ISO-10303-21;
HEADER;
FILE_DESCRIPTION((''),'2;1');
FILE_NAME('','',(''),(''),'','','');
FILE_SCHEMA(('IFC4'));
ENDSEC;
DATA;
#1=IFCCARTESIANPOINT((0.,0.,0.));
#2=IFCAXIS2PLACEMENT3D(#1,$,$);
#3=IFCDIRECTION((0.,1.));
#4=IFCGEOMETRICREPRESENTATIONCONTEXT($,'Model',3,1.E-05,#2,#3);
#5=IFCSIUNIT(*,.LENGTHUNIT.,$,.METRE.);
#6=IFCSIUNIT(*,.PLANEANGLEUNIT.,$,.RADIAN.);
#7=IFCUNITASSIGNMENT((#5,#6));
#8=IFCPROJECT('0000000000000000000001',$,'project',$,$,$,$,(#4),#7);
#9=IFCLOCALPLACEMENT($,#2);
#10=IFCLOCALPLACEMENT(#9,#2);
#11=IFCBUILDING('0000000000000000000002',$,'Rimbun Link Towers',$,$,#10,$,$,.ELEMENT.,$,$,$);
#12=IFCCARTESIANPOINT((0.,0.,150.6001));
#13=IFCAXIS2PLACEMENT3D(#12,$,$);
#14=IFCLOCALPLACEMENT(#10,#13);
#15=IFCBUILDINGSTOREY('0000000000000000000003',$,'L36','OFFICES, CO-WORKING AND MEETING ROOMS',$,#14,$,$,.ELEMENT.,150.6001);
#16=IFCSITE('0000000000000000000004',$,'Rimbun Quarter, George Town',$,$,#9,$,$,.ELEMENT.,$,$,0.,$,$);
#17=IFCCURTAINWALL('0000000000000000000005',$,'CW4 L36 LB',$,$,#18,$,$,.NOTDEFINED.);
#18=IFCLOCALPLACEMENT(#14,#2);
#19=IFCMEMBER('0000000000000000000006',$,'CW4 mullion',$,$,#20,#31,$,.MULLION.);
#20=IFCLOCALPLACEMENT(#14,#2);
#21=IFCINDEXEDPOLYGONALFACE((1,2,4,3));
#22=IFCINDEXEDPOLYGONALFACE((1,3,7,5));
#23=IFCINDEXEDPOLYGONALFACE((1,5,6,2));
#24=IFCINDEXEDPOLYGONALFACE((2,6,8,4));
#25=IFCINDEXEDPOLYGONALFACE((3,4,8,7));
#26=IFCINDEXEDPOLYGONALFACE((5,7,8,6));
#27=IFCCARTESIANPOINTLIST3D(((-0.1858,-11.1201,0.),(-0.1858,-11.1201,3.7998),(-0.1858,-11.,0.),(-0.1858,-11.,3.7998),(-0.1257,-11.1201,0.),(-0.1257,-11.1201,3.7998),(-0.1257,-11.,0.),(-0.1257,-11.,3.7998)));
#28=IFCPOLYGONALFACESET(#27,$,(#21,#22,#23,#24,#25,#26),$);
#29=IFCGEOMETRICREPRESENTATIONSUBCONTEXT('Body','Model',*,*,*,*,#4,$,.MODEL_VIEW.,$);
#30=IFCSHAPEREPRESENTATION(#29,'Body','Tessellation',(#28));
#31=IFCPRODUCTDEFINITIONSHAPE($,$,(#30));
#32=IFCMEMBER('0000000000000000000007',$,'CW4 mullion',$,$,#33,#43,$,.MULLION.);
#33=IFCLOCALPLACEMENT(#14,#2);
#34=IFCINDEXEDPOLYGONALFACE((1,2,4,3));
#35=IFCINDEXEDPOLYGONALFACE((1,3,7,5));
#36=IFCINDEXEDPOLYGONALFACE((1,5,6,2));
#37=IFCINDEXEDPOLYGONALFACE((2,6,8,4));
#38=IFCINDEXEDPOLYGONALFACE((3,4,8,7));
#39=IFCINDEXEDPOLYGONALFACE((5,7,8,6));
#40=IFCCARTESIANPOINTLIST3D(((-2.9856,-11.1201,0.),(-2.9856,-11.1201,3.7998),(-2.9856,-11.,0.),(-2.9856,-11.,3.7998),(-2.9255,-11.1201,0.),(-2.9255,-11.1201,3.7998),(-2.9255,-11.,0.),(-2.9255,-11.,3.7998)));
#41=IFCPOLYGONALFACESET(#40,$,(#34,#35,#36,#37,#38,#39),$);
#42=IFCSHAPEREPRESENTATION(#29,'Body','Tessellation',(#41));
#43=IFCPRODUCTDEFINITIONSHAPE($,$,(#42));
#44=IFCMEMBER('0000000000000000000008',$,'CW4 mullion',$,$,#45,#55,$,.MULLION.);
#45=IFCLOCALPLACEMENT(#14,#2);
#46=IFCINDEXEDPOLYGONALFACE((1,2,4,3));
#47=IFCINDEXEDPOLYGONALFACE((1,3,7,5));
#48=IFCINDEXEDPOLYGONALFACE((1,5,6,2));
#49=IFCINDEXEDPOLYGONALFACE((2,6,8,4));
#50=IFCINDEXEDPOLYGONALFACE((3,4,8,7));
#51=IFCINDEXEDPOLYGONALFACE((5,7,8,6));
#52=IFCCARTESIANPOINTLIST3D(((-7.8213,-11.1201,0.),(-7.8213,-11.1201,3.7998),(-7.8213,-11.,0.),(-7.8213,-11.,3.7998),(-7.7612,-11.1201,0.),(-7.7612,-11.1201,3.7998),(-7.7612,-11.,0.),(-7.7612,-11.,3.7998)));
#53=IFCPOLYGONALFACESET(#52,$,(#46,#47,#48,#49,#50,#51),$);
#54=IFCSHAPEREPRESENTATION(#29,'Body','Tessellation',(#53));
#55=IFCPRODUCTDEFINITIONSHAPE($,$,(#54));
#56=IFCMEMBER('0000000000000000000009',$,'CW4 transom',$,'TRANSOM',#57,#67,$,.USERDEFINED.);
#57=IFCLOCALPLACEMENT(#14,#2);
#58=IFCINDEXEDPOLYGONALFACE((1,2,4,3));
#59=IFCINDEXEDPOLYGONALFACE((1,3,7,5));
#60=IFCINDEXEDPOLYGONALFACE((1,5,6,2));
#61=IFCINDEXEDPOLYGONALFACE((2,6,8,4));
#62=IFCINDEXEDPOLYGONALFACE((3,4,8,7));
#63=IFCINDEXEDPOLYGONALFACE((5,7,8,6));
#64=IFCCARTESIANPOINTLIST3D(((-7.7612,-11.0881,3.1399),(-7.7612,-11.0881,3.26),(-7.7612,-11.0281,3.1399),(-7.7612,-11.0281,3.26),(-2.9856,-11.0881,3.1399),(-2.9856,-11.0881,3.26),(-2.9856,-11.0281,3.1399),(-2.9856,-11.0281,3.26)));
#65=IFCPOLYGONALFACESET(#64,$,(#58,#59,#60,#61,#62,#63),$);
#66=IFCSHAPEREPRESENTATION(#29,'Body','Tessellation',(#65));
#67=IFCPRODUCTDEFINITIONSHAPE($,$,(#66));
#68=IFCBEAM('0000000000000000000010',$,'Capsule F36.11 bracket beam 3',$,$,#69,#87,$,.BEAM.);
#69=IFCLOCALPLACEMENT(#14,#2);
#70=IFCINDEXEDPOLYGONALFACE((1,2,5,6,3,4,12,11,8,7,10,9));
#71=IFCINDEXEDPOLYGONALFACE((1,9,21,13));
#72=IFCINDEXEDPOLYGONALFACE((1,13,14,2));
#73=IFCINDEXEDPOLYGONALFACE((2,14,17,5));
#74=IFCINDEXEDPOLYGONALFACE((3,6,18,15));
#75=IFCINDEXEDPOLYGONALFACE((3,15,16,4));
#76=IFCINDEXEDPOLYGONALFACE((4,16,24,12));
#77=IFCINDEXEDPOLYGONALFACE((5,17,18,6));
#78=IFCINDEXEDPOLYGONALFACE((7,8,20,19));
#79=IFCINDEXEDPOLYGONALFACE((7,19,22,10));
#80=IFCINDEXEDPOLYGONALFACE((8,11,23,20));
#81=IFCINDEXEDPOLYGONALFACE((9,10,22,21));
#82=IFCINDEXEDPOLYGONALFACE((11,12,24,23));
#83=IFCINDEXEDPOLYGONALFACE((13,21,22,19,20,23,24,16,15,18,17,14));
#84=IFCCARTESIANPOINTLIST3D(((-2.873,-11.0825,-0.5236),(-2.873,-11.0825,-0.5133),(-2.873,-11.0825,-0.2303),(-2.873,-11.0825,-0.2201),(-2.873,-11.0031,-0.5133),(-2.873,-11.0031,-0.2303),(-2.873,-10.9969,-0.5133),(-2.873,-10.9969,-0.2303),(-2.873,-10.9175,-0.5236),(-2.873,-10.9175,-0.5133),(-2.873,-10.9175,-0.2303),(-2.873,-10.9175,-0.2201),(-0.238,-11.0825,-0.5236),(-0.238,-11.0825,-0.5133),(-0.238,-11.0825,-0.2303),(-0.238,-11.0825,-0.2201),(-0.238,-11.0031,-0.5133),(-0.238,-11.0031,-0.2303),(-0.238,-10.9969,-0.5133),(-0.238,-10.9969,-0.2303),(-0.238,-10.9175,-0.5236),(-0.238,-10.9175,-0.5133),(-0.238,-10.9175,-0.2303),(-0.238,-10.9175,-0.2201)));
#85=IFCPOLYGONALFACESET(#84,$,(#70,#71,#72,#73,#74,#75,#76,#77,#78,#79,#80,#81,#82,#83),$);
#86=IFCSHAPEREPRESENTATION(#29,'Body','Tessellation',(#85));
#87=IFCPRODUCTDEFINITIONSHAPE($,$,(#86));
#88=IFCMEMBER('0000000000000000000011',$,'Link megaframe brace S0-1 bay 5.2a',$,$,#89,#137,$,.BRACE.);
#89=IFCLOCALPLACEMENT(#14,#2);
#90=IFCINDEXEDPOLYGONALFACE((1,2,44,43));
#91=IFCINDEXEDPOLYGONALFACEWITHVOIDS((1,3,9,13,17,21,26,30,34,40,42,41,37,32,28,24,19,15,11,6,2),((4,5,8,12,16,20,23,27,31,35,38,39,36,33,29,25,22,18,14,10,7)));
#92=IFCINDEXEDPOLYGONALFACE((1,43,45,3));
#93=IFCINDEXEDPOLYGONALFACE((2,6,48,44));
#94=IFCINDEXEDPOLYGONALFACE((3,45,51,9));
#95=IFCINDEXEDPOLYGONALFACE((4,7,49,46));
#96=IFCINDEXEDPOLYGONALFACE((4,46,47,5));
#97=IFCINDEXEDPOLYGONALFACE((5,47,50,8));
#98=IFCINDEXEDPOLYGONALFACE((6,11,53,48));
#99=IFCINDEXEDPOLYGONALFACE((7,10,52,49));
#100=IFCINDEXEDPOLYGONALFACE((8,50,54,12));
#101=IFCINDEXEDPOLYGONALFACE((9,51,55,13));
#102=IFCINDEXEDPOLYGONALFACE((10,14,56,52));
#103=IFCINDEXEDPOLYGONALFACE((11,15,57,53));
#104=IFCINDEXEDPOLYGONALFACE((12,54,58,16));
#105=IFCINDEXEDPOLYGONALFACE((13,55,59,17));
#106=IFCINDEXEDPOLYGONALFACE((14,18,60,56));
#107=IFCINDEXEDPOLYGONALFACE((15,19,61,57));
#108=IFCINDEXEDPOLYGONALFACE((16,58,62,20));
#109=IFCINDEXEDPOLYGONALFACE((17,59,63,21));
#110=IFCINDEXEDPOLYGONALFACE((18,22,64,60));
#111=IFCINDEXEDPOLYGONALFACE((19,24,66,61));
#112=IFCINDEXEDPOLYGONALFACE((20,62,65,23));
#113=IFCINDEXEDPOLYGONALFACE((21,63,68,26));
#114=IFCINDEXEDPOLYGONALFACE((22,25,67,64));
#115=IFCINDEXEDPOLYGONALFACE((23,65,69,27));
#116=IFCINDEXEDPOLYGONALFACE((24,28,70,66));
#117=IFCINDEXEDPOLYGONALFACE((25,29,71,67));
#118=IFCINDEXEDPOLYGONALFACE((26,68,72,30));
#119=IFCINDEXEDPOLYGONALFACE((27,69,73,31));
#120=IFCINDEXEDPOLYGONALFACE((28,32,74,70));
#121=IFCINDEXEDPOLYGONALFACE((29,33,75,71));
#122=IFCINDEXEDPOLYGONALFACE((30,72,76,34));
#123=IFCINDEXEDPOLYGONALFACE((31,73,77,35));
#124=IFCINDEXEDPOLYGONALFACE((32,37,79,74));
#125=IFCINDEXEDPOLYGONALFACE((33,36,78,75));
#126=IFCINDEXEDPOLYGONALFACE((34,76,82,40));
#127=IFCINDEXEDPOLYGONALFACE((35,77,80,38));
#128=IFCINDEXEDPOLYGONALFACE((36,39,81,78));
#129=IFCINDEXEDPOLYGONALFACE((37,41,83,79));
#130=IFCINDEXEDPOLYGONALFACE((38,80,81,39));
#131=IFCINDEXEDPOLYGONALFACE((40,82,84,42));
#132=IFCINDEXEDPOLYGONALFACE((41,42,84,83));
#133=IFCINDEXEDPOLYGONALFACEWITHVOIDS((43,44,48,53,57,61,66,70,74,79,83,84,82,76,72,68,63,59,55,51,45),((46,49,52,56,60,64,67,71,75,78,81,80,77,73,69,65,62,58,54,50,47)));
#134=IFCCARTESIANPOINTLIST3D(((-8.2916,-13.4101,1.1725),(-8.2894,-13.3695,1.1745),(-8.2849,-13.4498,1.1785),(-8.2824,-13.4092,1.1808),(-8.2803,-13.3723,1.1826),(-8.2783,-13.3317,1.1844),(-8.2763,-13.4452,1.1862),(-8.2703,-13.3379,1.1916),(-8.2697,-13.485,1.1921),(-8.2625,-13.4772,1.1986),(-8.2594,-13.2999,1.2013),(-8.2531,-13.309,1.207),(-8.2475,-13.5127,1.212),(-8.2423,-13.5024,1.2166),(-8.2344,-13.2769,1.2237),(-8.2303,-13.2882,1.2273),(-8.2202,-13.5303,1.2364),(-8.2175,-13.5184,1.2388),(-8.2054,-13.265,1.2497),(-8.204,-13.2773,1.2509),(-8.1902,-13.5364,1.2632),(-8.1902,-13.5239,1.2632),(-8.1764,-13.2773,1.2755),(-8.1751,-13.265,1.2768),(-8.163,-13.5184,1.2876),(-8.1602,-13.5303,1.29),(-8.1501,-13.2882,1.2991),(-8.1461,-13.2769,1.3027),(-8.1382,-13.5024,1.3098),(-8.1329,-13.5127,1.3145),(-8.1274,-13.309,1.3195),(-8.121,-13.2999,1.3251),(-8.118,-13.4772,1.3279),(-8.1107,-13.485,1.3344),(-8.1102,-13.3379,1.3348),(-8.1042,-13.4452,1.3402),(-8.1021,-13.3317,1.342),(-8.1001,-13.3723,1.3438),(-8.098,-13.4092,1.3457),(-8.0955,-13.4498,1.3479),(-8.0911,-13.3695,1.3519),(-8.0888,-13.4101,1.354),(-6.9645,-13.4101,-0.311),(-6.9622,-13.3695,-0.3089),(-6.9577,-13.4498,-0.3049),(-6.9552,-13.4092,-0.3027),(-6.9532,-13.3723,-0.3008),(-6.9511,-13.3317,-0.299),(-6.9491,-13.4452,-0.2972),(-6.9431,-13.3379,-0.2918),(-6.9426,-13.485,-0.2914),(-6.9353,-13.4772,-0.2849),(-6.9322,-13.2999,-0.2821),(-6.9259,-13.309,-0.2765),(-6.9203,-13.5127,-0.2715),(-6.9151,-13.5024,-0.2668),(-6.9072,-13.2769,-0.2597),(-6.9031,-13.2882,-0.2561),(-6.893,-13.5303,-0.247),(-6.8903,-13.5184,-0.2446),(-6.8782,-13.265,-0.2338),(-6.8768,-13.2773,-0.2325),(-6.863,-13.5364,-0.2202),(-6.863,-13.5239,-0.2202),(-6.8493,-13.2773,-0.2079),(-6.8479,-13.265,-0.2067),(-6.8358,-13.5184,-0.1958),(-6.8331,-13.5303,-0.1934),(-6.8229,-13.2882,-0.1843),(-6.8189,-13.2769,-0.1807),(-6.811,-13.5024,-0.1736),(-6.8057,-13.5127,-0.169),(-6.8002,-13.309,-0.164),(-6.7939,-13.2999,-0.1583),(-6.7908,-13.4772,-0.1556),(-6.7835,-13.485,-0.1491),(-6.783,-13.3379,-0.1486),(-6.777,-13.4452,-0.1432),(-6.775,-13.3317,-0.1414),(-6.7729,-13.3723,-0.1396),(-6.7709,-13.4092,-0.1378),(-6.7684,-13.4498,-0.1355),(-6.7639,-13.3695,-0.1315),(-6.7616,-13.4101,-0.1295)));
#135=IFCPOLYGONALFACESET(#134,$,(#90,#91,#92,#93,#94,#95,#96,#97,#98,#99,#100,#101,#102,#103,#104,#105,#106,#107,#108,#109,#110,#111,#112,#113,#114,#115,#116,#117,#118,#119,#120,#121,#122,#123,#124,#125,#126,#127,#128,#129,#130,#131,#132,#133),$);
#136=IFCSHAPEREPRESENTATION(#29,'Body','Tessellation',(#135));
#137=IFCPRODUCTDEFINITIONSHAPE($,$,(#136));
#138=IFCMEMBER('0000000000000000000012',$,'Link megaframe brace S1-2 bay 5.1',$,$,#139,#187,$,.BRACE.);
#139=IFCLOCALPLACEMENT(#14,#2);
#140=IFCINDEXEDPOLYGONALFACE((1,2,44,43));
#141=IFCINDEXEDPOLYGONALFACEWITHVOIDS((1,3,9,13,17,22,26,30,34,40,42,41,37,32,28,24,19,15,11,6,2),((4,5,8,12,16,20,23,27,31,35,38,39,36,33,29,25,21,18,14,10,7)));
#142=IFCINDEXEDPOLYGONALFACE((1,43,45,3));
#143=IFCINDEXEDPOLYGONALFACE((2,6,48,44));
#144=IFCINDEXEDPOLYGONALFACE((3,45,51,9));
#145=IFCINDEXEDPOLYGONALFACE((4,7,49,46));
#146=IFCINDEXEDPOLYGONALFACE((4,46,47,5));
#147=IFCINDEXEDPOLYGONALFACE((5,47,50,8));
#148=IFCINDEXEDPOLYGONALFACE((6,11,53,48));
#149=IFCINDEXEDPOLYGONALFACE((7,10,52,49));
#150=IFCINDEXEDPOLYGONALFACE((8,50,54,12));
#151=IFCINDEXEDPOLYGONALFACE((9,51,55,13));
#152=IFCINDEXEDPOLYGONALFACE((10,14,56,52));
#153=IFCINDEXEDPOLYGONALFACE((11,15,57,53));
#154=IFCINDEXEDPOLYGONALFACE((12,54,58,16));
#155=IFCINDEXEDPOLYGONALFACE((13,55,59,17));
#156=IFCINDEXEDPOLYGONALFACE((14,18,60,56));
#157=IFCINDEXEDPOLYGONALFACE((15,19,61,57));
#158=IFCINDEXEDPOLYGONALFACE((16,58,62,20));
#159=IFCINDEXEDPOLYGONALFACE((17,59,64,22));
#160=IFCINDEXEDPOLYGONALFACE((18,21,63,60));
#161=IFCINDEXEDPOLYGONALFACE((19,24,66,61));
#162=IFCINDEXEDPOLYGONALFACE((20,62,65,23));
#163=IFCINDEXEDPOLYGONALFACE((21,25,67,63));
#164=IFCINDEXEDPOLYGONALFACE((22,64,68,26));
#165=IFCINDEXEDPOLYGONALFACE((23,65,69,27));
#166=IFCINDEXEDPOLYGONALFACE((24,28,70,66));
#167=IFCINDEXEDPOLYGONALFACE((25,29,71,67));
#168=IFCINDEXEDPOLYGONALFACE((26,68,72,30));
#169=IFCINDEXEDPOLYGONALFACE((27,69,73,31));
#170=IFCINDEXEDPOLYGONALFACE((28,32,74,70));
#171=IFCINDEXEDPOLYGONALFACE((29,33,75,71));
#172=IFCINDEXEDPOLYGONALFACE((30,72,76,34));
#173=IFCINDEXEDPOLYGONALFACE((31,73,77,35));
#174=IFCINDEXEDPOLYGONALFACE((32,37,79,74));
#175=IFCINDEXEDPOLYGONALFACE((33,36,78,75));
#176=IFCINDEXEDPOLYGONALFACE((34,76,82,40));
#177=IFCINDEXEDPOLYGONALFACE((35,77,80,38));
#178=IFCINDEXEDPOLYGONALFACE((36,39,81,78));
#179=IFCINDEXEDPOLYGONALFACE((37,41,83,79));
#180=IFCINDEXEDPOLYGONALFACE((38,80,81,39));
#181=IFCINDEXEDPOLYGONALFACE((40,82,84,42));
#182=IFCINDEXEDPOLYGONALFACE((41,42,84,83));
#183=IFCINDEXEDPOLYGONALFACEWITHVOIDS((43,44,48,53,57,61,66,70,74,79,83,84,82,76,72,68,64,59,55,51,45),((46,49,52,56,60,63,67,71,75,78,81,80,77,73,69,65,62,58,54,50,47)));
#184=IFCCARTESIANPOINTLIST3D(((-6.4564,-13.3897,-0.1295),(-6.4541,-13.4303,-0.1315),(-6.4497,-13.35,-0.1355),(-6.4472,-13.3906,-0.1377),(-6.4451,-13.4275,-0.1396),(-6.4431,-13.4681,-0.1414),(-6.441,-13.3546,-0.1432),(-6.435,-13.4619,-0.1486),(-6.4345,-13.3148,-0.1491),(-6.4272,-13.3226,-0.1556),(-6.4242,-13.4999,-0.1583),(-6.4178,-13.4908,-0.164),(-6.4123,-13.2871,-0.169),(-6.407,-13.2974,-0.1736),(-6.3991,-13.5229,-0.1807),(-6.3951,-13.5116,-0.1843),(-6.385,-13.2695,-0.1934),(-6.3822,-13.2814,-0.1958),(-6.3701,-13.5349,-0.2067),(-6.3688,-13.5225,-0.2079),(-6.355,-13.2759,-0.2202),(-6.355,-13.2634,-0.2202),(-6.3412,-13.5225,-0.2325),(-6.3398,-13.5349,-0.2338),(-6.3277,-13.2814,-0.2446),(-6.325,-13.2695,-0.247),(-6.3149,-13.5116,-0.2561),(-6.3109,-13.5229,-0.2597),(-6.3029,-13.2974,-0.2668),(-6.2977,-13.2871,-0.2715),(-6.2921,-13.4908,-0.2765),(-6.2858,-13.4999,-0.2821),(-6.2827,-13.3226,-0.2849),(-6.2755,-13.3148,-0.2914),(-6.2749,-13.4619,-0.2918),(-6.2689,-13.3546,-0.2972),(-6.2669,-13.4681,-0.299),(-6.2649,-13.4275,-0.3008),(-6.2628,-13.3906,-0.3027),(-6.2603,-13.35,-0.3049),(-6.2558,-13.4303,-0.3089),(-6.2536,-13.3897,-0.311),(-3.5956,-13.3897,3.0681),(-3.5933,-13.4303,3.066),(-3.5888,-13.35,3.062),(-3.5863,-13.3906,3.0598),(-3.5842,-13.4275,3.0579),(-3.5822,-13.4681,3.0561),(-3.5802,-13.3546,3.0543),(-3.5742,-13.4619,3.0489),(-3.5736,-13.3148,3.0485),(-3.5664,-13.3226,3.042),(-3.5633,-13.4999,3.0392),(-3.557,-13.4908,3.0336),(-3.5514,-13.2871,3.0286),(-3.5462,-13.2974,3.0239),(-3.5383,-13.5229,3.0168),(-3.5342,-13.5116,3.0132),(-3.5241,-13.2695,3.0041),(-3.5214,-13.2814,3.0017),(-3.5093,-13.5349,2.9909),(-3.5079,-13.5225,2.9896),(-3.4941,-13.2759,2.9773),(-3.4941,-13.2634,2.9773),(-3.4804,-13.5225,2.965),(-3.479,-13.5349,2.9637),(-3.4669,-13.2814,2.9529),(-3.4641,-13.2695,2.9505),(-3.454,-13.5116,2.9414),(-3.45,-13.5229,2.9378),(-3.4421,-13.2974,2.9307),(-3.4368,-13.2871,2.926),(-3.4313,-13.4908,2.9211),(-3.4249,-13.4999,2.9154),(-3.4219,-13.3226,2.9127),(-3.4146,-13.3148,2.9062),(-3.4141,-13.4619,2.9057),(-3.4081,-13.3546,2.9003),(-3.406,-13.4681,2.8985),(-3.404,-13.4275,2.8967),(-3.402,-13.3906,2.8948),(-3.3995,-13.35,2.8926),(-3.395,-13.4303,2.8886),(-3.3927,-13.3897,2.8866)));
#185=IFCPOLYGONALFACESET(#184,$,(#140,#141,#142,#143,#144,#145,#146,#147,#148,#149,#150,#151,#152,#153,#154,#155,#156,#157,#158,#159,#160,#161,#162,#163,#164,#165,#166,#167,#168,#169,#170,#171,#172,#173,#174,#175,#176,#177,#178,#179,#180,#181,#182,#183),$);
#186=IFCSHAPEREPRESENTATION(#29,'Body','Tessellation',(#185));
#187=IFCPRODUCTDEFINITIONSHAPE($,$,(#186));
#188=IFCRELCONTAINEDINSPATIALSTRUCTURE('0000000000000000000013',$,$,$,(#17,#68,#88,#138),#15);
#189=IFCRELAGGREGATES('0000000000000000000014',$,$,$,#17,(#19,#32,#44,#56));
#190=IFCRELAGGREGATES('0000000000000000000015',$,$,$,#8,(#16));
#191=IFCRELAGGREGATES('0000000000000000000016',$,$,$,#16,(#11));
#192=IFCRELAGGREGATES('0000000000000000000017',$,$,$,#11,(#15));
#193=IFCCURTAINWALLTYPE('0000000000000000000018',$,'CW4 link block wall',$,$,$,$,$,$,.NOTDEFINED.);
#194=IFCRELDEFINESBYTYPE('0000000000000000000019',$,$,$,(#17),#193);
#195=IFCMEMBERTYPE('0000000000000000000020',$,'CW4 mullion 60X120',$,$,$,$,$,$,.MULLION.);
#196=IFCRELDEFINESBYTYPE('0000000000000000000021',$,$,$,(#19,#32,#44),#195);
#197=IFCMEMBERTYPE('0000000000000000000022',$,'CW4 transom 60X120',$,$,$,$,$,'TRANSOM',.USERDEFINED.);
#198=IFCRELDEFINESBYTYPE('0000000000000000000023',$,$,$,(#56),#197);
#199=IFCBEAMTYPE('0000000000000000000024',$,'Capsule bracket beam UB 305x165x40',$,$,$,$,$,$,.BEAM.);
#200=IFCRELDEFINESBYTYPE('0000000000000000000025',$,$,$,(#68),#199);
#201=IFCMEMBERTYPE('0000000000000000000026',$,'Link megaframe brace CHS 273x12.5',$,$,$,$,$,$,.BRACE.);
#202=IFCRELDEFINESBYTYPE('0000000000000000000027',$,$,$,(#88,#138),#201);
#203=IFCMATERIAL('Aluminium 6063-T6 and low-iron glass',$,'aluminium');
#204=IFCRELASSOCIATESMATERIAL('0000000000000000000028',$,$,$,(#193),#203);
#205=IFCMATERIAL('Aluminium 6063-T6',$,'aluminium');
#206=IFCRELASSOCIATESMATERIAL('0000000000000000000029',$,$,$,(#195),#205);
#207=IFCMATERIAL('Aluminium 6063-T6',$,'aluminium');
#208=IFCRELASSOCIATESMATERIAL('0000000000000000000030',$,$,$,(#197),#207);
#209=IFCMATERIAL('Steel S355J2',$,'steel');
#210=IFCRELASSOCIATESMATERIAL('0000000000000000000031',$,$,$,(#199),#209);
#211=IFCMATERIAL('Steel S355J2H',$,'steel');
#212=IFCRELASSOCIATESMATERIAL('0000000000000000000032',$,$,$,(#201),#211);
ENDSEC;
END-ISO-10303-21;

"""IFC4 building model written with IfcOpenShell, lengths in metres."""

from ifc_helpers import new_model, si_unit, direction, frame, origin, origin_2d, place, context, subcontext, project, spatial, rectangle, hollow_circle, i_section, extrude, material, material_profile, profile_set, type_object, element, aggregate, save


model = new_model("IFC4")

# Units and contexts
model_context = context("Model", 3, precision=1e-05, world=origin(), true_north=direction((0.0, 1.0)))
body_context = subcontext(model_context, "Body", "Model", "MODEL_VIEW")
ifc_project = project(units=[si_unit("LENGTHUNIT", "METRE"), si_unit("PLANEANGLEUNIT", "RADIAN")], contexts=[model_context])

# Site, building, storey
site_placement = place(None, origin())
site = spatial("IfcSite", under=ifc_project, at=site_placement, Name="Rimbun Quarter, George Town", CompositionType="ELEMENT", RefElevation=0.0)
building_placement = place(site_placement, origin())
building = spatial("IfcBuilding", under=site, at=building_placement, Name="Rimbun Link Towers", CompositionType="ELEMENT")
storey_placement = place(building_placement, frame((0.0, 0.0, 150.6001)))
storey = spatial("IfcBuildingStorey", under=building, at=storey_placement, Name="L36", Description="OFFICES, CO-WORKING AND MEETING ROOMS", CompositionType="ELEMENT", Elevation=150.6001)

# Curtain wall, members
ifc_material_1 = material(Name="Aluminium 6063-T6 and low-iron glass", Category="aluminium")
curtain_wall_type = type_object("IfcCurtainWallType", Name="CW4 link block wall", PredefinedType="NOTDEFINED", material=ifc_material_1)
curtain_wall_placement = place(storey_placement, origin())
curtain_wall = element("IfcCurtainWall", 1, at=curtain_wall_placement, inside=storey, type_object=curtain_wall_type, Name="CW4 L36 LB", PredefinedType="NOTDEFINED")
ifc_material_2 = material(Name="Aluminium 6063-T6", Category="aluminium")
ifc_material_profile_1 = material_profile(ifc_material_2, rectangle(XDim=0.1201, YDim=0.0601, at=origin_2d()), Name="MULLION 60X120")
ifc_profile_set_1 = profile_set([ifc_material_profile_1], Name="Aluminium 6063-T6")
member_type_1 = type_object("IfcMemberType", Name="CW4 mullion 60X120", PredefinedType="MULLION", material=ifc_profile_set_1)
member_1_placement = place(storey_placement, frame((-0.1558, -11.0601, 0.0), z_axis=(0.0, 0.0, 1.0), x_axis=(0.0, -1.0, 0.0)))
member_1 = element("IfcMember", 2, at=member_1_placement, type_object=member_type_1, Name="CW4 mullion", PredefinedType="MULLION", context=body_context, shape_type="SweptSolid", body=[
    extrude(rectangle(XDim=0.1201, YDim=0.0601, at=origin_2d()), origin(), (0.0, 0.0, 1.0), 3.7998),
])
member_2_placement = place(storey_placement, frame((-2.9556, -11.0601, 0.0), z_axis=(0.0, 0.0, 1.0), x_axis=(0.0, -1.0, 0.0)))
member_2 = element("IfcMember", 3, at=member_2_placement, type_object=member_type_1, Name="CW4 mullion", PredefinedType="MULLION", context=body_context, shape_type="SweptSolid", body=[
    extrude(rectangle(XDim=0.1201, YDim=0.0601, at=origin_2d()), origin(), (0.0, 0.0, 1.0), 3.7998),
])
member_3_placement = place(storey_placement, frame((-7.7913, -11.0601, 0.0), z_axis=(0.0, 0.0, 1.0), x_axis=(0.0, -1.0, 0.0)))
member_3 = element("IfcMember", 4, at=member_3_placement, type_object=member_type_1, Name="CW4 mullion", PredefinedType="MULLION", context=body_context, shape_type="SweptSolid", body=[
    extrude(rectangle(XDim=0.1201, YDim=0.0601, at=origin_2d()), origin(), (0.0, 0.0, 1.0), 3.7998),
])
ifc_material_3 = material(Name="Aluminium 6063-T6", Category="aluminium")
ifc_material_profile_2 = material_profile(ifc_material_3, rectangle(XDim=0.0601, YDim=0.1201, at=origin_2d()), Name="TRANSOM 60X120")
ifc_profile_set_2 = profile_set([ifc_material_profile_2], Name="Aluminium 6063-T6")
member_type_2 = type_object("IfcMemberType", Name="CW4 transom 60X120", ElementType="TRANSOM", PredefinedType="USERDEFINED", material=ifc_profile_set_2)
member_4_placement = place(storey_placement, frame((-2.9856, -11.0581, 3.2), z_axis=(-1.0, 0.0, 0.0), x_axis=(0.0, -1.0, 0.0)))
member_4 = element("IfcMember", 5, at=member_4_placement, type_object=member_type_2, Name="CW4 transom", ObjectType="TRANSOM", PredefinedType="USERDEFINED", context=body_context, shape_type="SweptSolid", body=[
    extrude(rectangle(XDim=0.0601, YDim=0.1201, at=origin_2d()), origin(), (0.0, 0.0, 1.0), 4.7756),
])

# Beam
ifc_material_4 = material(Name="Steel S355J2", Category="steel")
ifc_material_profile_3 = material_profile(ifc_material_4, i_section(OverallWidth=0.165, OverallDepth=0.3035, WebThickness=0.0061, FlangeThickness=0.0103, at=origin_2d()), Name="UB 305x165x40")
ifc_profile_set_3 = profile_set([ifc_material_profile_3], Name="Steel S355J2")
beam_type_1 = type_object("IfcBeamType", Name="Capsule bracket beam UB 305x165x40", PredefinedType="BEAM", material=ifc_profile_set_3)
beam_placement = place(storey_placement, frame((-2.873, -11.0, -0.3718), z_axis=(1.0, 0.0, 0.0), x_axis=(0.0, 1.0, 0.0)))
element("IfcBeam", 6, at=beam_placement, inside=storey, type_object=beam_type_1, Name="Capsule F36.11 bracket beam 3", PredefinedType="BEAM", context=body_context, shape_type="SweptSolid", body=[
    extrude(i_section(OverallWidth=0.165, OverallDepth=0.3035, WebThickness=0.0061, FlangeThickness=0.0103, at=origin_2d()), origin(), (0.0, 0.0, 1.0), 2.635),
])

# Members
ifc_material_5 = material(Name="Steel S355J2H", Category="steel")
ifc_material_profile_4 = material_profile(ifc_material_5, hollow_circle(Radius=0.1365, WallThickness=0.0125, at=origin_2d()), Name="CHS 273x12.5")
ifc_profile_set_4 = profile_set([ifc_material_profile_4], Name="Steel S355J2H")
member_type_3 = type_object("IfcMemberType", Name="Link megaframe brace CHS 273x12.5", PredefinedType="BRACE", material=ifc_profile_set_4)
member_5_placement = place(storey_placement, frame((-6.863, -13.3999, -0.2202), z_axis=(-0.666766, 0.0, 0.745267), x_axis=(0.0, -1.0, 0.0)))
element("IfcMember", 7, at=member_5_placement, inside=storey, type_object=member_type_3, Name="Link megaframe brace S0-1 bay 5.2a", PredefinedType="BRACE", context=body_context, shape_type="SweptSolid", body=[
    extrude(hollow_circle(Radius=0.1365, WallThickness=0.0125, at=origin_2d()), origin(), (0.0, 0.0, 1.0), 1.9905),
])
member_6_placement = place(storey_placement, frame((-6.355, -13.3999, -0.2202), z_axis=(0.666783, 0.0, 0.745252), x_axis=(0.0, 1.0, 0.0)))
element("IfcMember", 8, at=member_6_placement, inside=storey, type_object=member_type_3, Name="Link megaframe brace S1-2 bay 5.1", PredefinedType="BRACE", context=body_context, shape_type="SweptSolid", body=[
    extrude(hollow_circle(Radius=0.1365, WallThickness=0.0125, at=origin_2d()), origin(), (0.0, 0.0, 1.0), 4.2905),
])

aggregate(curtain_wall, [member_1, member_2, member_3, member_4])

save(model, "model.ifc")
